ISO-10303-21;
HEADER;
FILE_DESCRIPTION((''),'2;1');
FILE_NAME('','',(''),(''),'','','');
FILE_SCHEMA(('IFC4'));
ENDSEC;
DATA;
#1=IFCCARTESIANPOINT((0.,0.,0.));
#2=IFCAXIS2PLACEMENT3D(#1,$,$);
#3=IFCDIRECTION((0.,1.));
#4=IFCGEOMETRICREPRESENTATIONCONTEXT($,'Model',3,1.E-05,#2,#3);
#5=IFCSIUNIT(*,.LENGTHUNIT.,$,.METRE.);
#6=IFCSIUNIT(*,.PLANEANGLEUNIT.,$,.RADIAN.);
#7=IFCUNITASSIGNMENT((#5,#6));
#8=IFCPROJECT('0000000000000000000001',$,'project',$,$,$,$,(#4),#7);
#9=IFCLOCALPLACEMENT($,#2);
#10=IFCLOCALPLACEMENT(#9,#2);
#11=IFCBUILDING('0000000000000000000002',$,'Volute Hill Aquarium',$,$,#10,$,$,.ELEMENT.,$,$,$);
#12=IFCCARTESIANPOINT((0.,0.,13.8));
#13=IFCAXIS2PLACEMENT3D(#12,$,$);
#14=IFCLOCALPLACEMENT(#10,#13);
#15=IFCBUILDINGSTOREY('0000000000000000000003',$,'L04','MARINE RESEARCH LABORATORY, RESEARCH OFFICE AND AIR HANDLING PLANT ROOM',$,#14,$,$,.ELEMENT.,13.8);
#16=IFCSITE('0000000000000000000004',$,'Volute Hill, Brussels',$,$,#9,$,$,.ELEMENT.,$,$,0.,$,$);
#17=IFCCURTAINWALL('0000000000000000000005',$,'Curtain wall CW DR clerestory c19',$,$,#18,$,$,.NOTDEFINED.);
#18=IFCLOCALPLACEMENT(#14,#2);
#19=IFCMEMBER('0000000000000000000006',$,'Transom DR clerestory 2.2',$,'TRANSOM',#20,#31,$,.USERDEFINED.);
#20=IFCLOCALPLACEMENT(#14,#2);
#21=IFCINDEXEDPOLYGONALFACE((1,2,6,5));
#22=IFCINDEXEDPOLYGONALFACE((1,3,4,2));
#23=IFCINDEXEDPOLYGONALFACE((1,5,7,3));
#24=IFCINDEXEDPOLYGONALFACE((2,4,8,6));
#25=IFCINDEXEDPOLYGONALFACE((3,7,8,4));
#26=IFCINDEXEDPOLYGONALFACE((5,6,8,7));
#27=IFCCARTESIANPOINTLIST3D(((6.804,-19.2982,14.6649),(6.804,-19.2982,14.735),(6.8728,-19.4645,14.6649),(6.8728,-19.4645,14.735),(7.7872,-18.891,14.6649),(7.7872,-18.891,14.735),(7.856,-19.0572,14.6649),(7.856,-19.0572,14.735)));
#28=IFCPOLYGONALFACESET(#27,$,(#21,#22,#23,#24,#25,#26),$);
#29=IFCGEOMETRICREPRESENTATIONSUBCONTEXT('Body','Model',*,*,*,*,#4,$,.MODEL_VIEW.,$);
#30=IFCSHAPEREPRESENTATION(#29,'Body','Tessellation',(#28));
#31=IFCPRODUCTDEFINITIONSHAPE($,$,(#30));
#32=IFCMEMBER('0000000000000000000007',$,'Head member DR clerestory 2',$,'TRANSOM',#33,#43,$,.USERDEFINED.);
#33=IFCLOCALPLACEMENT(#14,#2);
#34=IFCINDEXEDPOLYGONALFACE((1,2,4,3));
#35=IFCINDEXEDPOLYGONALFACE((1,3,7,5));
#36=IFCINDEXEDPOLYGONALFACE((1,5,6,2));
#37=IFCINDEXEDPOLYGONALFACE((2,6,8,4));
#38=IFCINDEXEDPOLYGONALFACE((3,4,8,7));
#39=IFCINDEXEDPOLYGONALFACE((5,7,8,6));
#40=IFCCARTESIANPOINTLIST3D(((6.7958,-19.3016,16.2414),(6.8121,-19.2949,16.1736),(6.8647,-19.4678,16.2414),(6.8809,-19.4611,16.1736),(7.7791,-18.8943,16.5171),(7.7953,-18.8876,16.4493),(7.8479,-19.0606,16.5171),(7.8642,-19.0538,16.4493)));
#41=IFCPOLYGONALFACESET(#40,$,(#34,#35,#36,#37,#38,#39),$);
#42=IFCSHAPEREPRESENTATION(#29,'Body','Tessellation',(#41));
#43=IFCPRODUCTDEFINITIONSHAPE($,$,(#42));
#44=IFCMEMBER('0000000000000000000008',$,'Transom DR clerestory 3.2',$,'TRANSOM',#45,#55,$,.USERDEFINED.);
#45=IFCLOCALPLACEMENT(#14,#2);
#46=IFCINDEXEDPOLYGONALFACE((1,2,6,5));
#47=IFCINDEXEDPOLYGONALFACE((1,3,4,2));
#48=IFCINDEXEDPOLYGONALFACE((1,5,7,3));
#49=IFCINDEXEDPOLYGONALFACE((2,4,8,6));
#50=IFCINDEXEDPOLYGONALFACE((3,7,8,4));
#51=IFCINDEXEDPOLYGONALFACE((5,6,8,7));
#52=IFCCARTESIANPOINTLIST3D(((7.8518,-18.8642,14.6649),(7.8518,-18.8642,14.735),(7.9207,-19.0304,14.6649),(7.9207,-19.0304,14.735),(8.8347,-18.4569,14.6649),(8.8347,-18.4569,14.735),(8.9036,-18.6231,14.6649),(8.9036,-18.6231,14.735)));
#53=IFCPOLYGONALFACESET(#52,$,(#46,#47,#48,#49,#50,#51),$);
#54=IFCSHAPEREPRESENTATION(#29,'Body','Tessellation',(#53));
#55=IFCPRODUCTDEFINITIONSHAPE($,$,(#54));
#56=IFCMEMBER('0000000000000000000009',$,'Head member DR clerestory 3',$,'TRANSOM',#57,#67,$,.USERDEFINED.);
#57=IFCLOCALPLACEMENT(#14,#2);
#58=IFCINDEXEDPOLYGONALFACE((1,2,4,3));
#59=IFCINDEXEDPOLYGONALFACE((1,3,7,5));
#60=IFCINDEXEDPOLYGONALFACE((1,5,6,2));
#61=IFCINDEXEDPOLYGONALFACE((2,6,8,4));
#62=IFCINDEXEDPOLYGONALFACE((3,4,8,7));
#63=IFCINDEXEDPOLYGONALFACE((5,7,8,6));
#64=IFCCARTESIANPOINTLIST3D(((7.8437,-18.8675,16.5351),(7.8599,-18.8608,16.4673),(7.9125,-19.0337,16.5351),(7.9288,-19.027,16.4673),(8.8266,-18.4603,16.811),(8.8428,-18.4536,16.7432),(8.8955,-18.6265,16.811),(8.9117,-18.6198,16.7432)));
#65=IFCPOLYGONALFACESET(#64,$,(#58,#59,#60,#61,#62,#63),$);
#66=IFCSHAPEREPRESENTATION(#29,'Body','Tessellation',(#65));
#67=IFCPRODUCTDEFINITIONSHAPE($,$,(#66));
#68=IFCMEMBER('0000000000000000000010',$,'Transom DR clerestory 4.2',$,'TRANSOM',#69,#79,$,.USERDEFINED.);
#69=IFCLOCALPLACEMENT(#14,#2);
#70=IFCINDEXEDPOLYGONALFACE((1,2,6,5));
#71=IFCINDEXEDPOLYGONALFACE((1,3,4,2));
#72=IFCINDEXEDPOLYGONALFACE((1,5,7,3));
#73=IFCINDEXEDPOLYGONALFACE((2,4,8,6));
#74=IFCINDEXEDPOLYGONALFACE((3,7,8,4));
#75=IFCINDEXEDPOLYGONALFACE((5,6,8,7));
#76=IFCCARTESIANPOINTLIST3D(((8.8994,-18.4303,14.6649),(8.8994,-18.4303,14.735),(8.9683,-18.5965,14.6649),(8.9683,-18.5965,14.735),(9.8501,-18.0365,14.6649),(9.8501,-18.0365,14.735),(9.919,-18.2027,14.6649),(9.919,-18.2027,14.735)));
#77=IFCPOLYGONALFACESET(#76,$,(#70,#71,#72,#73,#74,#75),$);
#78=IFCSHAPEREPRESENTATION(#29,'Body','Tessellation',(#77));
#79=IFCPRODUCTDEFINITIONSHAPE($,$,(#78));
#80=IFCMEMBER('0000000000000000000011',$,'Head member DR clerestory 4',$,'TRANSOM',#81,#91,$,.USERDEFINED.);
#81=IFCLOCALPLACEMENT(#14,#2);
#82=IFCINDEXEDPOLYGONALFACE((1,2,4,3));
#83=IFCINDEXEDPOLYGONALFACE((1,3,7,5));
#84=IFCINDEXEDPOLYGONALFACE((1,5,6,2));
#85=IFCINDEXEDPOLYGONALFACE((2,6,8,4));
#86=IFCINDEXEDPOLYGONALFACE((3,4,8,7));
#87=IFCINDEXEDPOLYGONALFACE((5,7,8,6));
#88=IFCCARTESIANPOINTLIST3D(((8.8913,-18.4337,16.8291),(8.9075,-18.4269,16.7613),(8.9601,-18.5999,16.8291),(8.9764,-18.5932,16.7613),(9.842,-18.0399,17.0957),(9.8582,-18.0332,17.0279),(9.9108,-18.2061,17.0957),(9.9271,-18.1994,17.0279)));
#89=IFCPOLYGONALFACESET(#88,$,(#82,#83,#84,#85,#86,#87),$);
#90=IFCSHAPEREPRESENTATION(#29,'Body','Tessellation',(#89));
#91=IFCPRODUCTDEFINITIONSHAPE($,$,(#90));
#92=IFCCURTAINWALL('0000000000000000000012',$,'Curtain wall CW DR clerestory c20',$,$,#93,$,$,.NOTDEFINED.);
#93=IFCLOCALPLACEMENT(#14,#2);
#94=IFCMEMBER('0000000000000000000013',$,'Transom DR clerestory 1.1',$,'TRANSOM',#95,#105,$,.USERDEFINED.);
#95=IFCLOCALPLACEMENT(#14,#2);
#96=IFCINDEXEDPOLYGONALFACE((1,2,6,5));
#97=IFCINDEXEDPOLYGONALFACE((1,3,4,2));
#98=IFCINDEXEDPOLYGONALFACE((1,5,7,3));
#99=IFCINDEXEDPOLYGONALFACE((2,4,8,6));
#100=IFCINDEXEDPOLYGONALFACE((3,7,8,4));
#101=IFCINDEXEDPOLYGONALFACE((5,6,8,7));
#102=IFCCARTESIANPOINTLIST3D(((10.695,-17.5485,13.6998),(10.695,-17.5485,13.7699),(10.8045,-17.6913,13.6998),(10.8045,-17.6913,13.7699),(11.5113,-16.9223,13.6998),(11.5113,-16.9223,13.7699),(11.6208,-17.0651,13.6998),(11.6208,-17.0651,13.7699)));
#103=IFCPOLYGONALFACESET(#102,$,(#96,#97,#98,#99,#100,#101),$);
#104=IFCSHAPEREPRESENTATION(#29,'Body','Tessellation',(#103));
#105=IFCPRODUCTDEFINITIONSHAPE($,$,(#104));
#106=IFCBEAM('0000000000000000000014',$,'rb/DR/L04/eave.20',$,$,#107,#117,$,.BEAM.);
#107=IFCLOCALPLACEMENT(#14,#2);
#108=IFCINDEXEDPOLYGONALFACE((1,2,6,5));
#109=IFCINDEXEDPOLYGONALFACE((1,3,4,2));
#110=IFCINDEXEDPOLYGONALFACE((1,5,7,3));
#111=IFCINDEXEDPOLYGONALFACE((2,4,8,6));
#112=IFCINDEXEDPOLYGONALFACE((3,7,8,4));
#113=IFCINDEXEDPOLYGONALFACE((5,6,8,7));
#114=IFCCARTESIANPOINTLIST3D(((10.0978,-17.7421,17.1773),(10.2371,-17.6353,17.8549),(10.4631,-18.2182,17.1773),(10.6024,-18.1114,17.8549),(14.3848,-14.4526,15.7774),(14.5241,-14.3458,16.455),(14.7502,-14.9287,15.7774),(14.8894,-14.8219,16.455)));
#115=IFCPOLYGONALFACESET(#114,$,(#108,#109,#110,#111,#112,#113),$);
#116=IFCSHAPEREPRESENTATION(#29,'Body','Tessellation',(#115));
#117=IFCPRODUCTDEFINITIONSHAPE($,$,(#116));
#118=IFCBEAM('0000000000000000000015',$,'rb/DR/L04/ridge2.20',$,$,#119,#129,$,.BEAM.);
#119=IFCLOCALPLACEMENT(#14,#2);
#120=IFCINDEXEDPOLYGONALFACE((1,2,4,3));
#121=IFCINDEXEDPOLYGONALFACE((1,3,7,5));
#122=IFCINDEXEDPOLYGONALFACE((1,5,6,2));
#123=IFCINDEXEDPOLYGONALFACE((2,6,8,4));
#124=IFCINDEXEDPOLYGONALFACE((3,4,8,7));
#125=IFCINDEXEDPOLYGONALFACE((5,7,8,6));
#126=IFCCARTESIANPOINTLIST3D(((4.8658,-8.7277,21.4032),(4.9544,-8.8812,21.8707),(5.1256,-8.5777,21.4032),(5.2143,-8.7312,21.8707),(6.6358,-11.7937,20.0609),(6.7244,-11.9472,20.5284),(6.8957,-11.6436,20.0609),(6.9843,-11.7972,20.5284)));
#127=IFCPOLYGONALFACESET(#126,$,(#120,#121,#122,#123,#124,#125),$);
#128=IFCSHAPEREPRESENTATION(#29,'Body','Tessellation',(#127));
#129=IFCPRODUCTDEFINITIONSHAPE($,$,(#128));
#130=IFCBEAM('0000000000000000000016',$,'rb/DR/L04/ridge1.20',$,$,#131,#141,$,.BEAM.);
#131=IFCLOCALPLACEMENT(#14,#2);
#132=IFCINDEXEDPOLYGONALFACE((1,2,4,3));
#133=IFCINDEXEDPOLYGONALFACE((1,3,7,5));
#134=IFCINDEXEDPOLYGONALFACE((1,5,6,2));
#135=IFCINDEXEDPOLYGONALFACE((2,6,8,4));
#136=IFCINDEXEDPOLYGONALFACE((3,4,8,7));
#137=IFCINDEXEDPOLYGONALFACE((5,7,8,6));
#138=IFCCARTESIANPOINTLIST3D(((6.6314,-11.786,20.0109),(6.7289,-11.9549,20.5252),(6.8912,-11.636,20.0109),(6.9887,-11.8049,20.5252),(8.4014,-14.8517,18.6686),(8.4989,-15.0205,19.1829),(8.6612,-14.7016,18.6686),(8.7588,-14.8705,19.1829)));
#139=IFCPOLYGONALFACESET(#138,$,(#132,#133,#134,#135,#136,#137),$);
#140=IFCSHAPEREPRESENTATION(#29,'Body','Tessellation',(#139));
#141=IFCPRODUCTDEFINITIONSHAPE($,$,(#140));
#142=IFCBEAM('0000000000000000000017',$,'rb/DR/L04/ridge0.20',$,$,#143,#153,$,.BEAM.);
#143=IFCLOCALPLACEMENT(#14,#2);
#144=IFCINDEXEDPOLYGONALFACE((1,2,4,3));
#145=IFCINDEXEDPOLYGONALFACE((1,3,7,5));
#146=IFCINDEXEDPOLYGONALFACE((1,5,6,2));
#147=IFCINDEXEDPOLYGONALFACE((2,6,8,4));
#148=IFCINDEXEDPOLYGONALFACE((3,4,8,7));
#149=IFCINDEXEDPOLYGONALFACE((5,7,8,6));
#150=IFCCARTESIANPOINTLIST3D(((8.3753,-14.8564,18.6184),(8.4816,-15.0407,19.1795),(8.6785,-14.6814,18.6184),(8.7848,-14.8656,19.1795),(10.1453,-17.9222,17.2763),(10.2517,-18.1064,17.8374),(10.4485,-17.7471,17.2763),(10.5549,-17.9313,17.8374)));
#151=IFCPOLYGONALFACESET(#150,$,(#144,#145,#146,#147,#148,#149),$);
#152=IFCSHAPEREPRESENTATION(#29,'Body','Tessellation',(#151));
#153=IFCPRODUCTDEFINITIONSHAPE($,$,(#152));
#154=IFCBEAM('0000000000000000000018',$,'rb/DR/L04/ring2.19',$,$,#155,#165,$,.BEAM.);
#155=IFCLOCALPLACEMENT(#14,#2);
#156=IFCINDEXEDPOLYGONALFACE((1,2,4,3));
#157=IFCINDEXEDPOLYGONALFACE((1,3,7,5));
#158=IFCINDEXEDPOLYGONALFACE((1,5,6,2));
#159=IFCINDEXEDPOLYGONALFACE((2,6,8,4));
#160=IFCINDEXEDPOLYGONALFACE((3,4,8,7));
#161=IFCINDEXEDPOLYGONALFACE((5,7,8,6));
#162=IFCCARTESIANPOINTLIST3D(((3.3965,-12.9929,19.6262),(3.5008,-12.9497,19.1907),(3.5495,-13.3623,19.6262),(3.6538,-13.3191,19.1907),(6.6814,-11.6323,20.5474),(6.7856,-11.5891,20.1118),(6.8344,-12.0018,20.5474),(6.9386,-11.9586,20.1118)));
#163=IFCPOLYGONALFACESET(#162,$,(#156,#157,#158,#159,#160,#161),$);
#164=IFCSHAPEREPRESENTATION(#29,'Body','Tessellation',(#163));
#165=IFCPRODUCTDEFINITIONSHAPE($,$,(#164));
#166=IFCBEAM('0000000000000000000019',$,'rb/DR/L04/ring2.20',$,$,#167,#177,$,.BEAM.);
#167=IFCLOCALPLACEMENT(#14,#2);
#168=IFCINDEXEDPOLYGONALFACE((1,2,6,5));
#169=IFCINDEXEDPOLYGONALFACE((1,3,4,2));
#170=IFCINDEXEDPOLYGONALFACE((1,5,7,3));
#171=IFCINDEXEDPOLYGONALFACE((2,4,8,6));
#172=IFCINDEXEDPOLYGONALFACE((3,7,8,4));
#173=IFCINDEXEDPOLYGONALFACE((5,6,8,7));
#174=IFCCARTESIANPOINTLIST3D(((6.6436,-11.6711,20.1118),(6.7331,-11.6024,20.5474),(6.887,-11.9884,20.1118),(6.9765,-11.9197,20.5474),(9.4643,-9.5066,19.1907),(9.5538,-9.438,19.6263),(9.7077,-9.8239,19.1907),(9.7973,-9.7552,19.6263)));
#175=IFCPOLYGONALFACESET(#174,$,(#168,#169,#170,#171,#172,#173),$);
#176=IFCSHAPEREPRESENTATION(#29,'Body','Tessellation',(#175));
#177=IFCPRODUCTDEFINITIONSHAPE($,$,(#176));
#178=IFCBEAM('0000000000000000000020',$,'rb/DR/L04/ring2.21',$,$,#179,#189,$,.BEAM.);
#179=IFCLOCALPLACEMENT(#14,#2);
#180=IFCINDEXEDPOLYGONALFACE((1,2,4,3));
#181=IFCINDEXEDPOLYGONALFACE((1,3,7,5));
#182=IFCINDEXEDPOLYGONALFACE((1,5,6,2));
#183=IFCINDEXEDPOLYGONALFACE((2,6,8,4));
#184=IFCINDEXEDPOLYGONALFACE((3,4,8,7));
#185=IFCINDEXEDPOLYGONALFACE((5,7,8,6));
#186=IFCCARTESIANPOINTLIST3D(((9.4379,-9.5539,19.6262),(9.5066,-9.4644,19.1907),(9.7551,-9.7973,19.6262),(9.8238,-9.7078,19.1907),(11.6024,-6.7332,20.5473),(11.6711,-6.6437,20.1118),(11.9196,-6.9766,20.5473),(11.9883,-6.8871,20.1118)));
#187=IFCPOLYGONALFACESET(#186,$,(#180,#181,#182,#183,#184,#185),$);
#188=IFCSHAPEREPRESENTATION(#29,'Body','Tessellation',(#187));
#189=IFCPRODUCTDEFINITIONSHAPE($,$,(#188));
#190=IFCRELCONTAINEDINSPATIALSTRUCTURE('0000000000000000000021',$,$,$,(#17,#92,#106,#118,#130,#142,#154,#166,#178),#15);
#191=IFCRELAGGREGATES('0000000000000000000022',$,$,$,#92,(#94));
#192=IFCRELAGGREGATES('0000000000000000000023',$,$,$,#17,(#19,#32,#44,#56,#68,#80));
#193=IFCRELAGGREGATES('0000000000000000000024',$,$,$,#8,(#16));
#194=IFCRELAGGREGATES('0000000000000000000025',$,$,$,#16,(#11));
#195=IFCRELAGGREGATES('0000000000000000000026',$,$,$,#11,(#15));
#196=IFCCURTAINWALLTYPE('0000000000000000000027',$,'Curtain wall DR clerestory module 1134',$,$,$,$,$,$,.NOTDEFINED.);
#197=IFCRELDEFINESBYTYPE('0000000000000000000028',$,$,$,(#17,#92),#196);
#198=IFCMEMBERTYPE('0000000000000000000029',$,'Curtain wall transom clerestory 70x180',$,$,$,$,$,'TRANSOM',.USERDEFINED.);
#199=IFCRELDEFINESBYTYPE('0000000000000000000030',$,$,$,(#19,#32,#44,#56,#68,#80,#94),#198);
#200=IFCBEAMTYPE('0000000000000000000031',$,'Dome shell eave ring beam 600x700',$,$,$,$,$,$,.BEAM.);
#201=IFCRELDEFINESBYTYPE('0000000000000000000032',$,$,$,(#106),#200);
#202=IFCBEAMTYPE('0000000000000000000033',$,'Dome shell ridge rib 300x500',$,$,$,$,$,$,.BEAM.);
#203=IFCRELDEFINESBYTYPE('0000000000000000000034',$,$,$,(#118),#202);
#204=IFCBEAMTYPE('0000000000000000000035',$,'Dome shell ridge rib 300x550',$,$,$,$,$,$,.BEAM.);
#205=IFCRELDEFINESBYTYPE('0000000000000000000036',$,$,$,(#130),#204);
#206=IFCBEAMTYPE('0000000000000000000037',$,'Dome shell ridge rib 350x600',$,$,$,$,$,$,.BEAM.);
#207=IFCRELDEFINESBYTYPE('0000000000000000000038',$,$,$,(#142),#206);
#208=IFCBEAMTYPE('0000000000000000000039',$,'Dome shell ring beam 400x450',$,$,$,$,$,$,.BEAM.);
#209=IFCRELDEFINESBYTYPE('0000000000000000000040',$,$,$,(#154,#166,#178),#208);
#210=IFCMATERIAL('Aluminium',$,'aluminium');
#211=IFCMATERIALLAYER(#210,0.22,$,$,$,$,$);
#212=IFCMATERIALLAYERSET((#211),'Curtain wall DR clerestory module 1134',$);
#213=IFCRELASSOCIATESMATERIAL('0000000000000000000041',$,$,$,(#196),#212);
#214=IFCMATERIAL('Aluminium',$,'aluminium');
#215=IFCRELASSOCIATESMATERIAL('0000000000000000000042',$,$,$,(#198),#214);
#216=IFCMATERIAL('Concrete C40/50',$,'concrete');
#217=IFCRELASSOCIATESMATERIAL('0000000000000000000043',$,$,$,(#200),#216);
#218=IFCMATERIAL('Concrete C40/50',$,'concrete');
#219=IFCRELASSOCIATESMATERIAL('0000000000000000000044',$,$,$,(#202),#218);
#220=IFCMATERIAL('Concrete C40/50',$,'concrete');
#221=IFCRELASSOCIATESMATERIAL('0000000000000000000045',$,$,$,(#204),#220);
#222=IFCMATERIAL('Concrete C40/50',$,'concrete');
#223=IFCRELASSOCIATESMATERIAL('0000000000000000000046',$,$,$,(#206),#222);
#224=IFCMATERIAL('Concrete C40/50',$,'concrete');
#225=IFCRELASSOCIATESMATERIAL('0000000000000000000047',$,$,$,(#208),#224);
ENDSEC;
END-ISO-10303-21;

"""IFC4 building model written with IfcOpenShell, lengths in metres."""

from ifc_helpers import new_model, si_unit, direction, frame, origin, origin_2d, place, context, subcontext, project, spatial, rectangle, extrude, material, layer, layer_set, material_profile, profile_set, type_object, element, aggregate, save


model = new_model("IFC4")

# Units and contexts
model_context = context("Model", 3, precision=1e-05, world=origin(), true_north=direction((0.0, 1.0)))
body_context = subcontext(model_context, "Body", "Model", "MODEL_VIEW")
ifc_project = project(units=[si_unit("LENGTHUNIT", "METRE"), si_unit("PLANEANGLEUNIT", "RADIAN")], contexts=[model_context])

# Site, building, storey
site_placement = place(None, origin())
site = spatial("IfcSite", under=ifc_project, at=site_placement, Name="Volute Hill, Brussels", CompositionType="ELEMENT", RefElevation=0.0)
building_placement = place(site_placement, origin())
building = spatial("IfcBuilding", under=site, at=building_placement, Name="Volute Hill Aquarium", CompositionType="ELEMENT")
storey_placement = place(building_placement, frame((0.0, 0.0, 13.8)))
storey = spatial("IfcBuildingStorey", under=building, at=storey_placement, Name="L04", Description="MARINE RESEARCH LABORATORY, RESEARCH OFFICE AND AIR HANDLING PLANT ROOM", CompositionType="ELEMENT", Elevation=13.8)

# Curtain wall, members
ifc_material_1 = material(Name="Aluminium", Category="aluminium")
ifc_layer_1 = layer(ifc_material_1, 0.22)
ifc_layer_set_1 = layer_set([ifc_layer_1], Name="Curtain wall DR clerestory module 1134")
curtain_wall_type = type_object("IfcCurtainWallType", Name="Curtain wall DR clerestory module 1134", PredefinedType="NOTDEFINED", material=ifc_layer_set_1)
curtain_wall_1_placement = place(storey_placement, origin())
curtain_wall_1 = element("IfcCurtainWall", 1, at=curtain_wall_1_placement, inside=storey, type_object=curtain_wall_type, Name="Curtain wall CW DR clerestory c19", PredefinedType="NOTDEFINED")
ifc_material_2 = material(Name="Aluminium", Category="aluminium")
ifc_material_profile_1 = material_profile(ifc_material_2, rectangle(XDim=0.1799, YDim=0.0701, at=origin_2d()), Name="Curtain wall transom clerestory 70x180")
ifc_profile_set_1 = profile_set([ifc_material_profile_1], Name="Aluminium")
member_type = type_object("IfcMemberType", Name="Curtain wall transom clerestory 70x180", ElementType="TRANSOM", PredefinedType="USERDEFINED", material=ifc_profile_set_1)
member_1_placement = place(storey_placement, frame((6.8384, -19.3813, 14.7), z_axis=(0.923883, 0.382676, 0.0), x_axis=(-0.382676, 0.923883, 0.0)))
member_1 = element("IfcMember", 2, at=member_1_placement, type_object=member_type, Name="Transom DR clerestory 2.2", ObjectType="TRANSOM", PredefinedType="USERDEFINED", context=body_context, shape_type="SweptSolid", body=[
    extrude(rectangle(XDim=0.1799, YDim=0.0701, at=origin_2d()), origin(), (0.0, 0.0, 1.0), 1.0642),
])
member_2_placement = place(storey_placement, frame((6.8384, -19.3813, 16.2075), z_axis=(0.894368, 0.370451, 0.250743), x_axis=(-0.382676, 0.923883, 0.0)))
member_2 = element("IfcMember", 3, at=member_2_placement, type_object=member_type, Name="Head member DR clerestory 2", ObjectType="TRANSOM", PredefinedType="USERDEFINED", context=body_context, shape_type="SweptSolid", body=[
    extrude(rectangle(XDim=0.1799, YDim=0.0701, at=origin_2d()), origin(), (0.0, 0.0, 1.0), 1.0994),
])
member_3_placement = place(storey_placement, frame((7.8862, -18.9473, 14.7), z_axis=(0.923849, 0.382757, 0.0), x_axis=(-0.382757, 0.923849, 0.0)))
member_3 = element("IfcMember", 4, at=member_3_placement, type_object=member_type, Name="Transom DR clerestory 3.2", ObjectType="TRANSOM", PredefinedType="USERDEFINED", context=body_context, shape_type="SweptSolid", body=[
    extrude(rectangle(XDim=0.1799, YDim=0.0701, at=origin_2d()), origin(), (0.0, 0.0, 1.0), 1.064),
])
member_4_placement = place(storey_placement, frame((7.8862, -18.9473, 16.5012), z_axis=(0.894274, 0.370504, 0.251001), x_axis=(-0.382757, 0.923849, 0.0)))
member_4 = element("IfcMember", 5, at=member_4_placement, type_object=member_type, Name="Head member DR clerestory 3", ObjectType="TRANSOM", PredefinedType="USERDEFINED", context=body_context, shape_type="SweptSolid", body=[
    extrude(rectangle(XDim=0.1799, YDim=0.0701, at=origin_2d()), origin(), (0.0, 0.0, 1.0), 1.0991),
])
member_5_placement = place(storey_placement, frame((8.9338, -18.5134, 14.7), z_axis=(0.923875, 0.382694, 0.0), x_axis=(-0.382694, 0.923875, 0.0)))
member_5 = element("IfcMember", 6, at=member_5_placement, type_object=member_type, Name="Transom DR clerestory 4.2", ObjectType="TRANSOM", PredefinedType="USERDEFINED", context=body_context, shape_type="SweptSolid", body=[
    extrude(rectangle(XDim=0.1799, YDim=0.0701, at=origin_2d()), origin(), (0.0, 0.0, 1.0), 1.0291),
])
member_6_placement = place(storey_placement, frame((8.9338, -18.5134, 16.7952), z_axis=(0.894346, 0.370462, 0.250803), x_axis=(-0.382694, 0.923875, 0.0)))
member_6 = element("IfcMember", 7, at=member_6_placement, type_object=member_type, Name="Head member DR clerestory 4", ObjectType="TRANSOM", PredefinedType="USERDEFINED", context=body_context, shape_type="SweptSolid", body=[
    extrude(rectangle(XDim=0.1799, YDim=0.0701, at=origin_2d()), origin(), (0.0, 0.0, 1.0), 1.063),
])

# Curtain wall, member
curtain_wall_2_placement = place(storey_placement, origin())
curtain_wall_2 = element("IfcCurtainWall", 8, at=curtain_wall_2_placement, inside=storey, type_object=curtain_wall_type, Name="Curtain wall CW DR clerestory c20", PredefinedType="NOTDEFINED")
member_7_placement = place(storey_placement, frame((10.7498, -17.6199, 13.7349), z_axis=(0.793461, 0.608621, 0.0), x_axis=(-0.608621, 0.793461, 0.0)))
member_7 = element("IfcMember", 9, at=member_7_placement, type_object=member_type, Name="Transom DR clerestory 1.1", ObjectType="TRANSOM", PredefinedType="USERDEFINED", context=body_context, shape_type="SweptSolid", body=[
    extrude(rectangle(XDim=0.1799, YDim=0.0701, at=origin_2d()), origin(), (0.0, 0.0, 1.0), 1.0288),
])
aggregate(curtain_wall_2, [member_7])

# Beams
ifc_material_3 = material(Name="Concrete C40/50", Category="concrete")
ifc_material_profile_2 = material_profile(ifc_material_3, rectangle(XDim=0.6001, YDim=0.7, at=origin_2d()), Name="RC beam 600x700")
ifc_profile_set_2 = profile_set([ifc_material_profile_2], Name="Concrete C40/50")
beam_type_1 = type_object("IfcBeamType", Name="Dome shell eave ring beam 600x700", PredefinedType="BEAM", material=ifc_profile_set_2)
beam_1_placement = place(storey_placement, frame((10.3501, -17.9268, 17.5161), z_axis=(0.768006, 0.5893, -0.250783), x_axis=(-0.608754, 0.793359, 0.0)))
element("IfcBeam", 10, at=beam_1_placement, inside=storey, type_object=beam_type_1, Name="rb/DR/L04/eave.20", PredefinedType="BEAM", context=body_context, shape_type="SweptSolid", body=[
    extrude(rectangle(XDim=0.6001, YDim=0.7, at=origin_2d()), origin(), (0.0, 0.0, 1.0), 5.582),
])
ifc_material_4 = material(Name="Concrete C40/50", Category="concrete")
ifc_material_profile_3 = material_profile(ifc_material_4, rectangle(XDim=0.3, YDim=0.5, at=origin_2d()), Name="RC rib 300x500")
ifc_profile_set_3 = profile_set([ifc_material_profile_3], Name="Concrete C40/50")
beam_type_2 = type_object("IfcBeamType", Name="Dome shell ridge rib 300x500", PredefinedType="BEAM", material=ifc_profile_set_3)
beam_2_placement = place(storey_placement, frame((6.8101, -11.7954, 20.2947), z_axis=(-0.467505, 0.809783, 0.35453), x_axis=(-0.866036, -0.499981, 0.0)))
element("IfcBeam", 11, at=beam_2_placement, inside=storey, type_object=beam_type_2, Name="rb/DR/L04/ridge2.20", PredefinedType="BEAM", context=body_context, shape_type="SweptSolid", body=[
    extrude(rectangle(XDim=0.3, YDim=0.5, at=origin_2d()), origin(), (0.0, 0.0, 1.0), 3.7861),
])
ifc_material_5 = material(Name="Concrete C40/50", Category="concrete")
ifc_material_profile_4 = material_profile(ifc_material_5, rectangle(XDim=0.3, YDim=0.55, at=origin_2d()), Name="RC rib 300x550")
ifc_profile_set_4 = profile_set([ifc_material_profile_4], Name="Concrete C40/50")
beam_type_3 = type_object("IfcBeamType", Name="Dome shell ridge rib 300x550", PredefinedType="BEAM", material=ifc_profile_set_4)
beam_3_placement = place(storey_placement, frame((8.5801, -14.8611, 18.9258), z_axis=(-0.467529, 0.80976, 0.354548), x_axis=(-0.866019, -0.500011, 0.0)))
element("IfcBeam", 12, at=beam_3_placement, inside=storey, type_object=beam_type_3, Name="rb/DR/L04/ridge1.20", PredefinedType="BEAM", context=body_context, shape_type="SweptSolid", body=[
    extrude(rectangle(XDim=0.3, YDim=0.55, at=origin_2d()), origin(), (0.0, 0.0, 1.0), 3.7859),
])
ifc_material_6 = material(Name="Concrete C40/50", Category="concrete")
ifc_material_profile_5 = material_profile(ifc_material_6, rectangle(XDim=0.3501, YDim=0.6001, at=origin_2d()), Name="RC rib 350x600")
ifc_profile_set_5 = profile_set([ifc_material_profile_5], Name="Concrete C40/50")
beam_type_4 = type_object("IfcBeamType", Name="Dome shell ridge rib 350x600", PredefinedType="BEAM", material=ifc_profile_set_5)
beam_4_placement = place(storey_placement, frame((10.3501, -17.9268, 17.5569), z_axis=(-0.46754, 0.809779, 0.354492), x_axis=(-0.866019, -0.500011, 0.0)))
element("IfcBeam", 13, at=beam_4_placement, inside=storey, type_object=beam_type_4, Name="rb/DR/L04/ridge0.20", PredefinedType="BEAM", context=body_context, shape_type="SweptSolid", body=[
    extrude(rectangle(XDim=0.3501, YDim=0.6001, at=origin_2d()), origin(), (0.0, 0.0, 1.0), 3.7859),
])
ifc_material_7 = material(Name="Concrete C40/50", Category="concrete")
ifc_material_profile_6 = material_profile(ifc_material_7, rectangle(XDim=0.3999, YDim=0.45, at=origin_2d()), Name="RC beam 400x450")
ifc_profile_set_6 = profile_set([ifc_material_profile_6], Name="Concrete C40/50")
beam_type_5 = type_object("IfcBeamType", Name="Dome shell ring beam 400x450", PredefinedType="BEAM", material=ifc_profile_set_6)
for number, where, z_axis, x_axis, name in (
    (14, (3.5251, -13.156, 19.4084), (0.894359, 0.370439, 0.250793), (-0.382669, 0.923885, 0.0), "rb/DR/L04/ring2.19"),
    (15, (6.8101, -11.7954, 20.3296), (0.767989, 0.589319, -0.25079), (-0.608775, 0.793343, 0.0), "rb/DR/L04/ring2.20"),
    (16, (9.6309, -9.6309, 19.4084), (0.589319, 0.767989, 0.25079), (-0.793343, 0.608775, 0.0), "rb/DR/L04/ring2.21"),
):
    element("IfcBeam", number, at=place(storey_placement, frame(where, z_axis=z_axis, x_axis=x_axis)), inside=storey, type_object=beam_type_5, Name=name, PredefinedType="BEAM", context=body_context, shape_type="SweptSolid", body=[
        extrude(rectangle(XDim=0.3999, YDim=0.45, at=origin_2d()), origin(), (0.0, 0.0, 1.0), 3.6729),
    ])

aggregate(curtain_wall_1, [member_1, member_2, member_3, member_4, member_5, member_6])

save(model, "model.ifc")
